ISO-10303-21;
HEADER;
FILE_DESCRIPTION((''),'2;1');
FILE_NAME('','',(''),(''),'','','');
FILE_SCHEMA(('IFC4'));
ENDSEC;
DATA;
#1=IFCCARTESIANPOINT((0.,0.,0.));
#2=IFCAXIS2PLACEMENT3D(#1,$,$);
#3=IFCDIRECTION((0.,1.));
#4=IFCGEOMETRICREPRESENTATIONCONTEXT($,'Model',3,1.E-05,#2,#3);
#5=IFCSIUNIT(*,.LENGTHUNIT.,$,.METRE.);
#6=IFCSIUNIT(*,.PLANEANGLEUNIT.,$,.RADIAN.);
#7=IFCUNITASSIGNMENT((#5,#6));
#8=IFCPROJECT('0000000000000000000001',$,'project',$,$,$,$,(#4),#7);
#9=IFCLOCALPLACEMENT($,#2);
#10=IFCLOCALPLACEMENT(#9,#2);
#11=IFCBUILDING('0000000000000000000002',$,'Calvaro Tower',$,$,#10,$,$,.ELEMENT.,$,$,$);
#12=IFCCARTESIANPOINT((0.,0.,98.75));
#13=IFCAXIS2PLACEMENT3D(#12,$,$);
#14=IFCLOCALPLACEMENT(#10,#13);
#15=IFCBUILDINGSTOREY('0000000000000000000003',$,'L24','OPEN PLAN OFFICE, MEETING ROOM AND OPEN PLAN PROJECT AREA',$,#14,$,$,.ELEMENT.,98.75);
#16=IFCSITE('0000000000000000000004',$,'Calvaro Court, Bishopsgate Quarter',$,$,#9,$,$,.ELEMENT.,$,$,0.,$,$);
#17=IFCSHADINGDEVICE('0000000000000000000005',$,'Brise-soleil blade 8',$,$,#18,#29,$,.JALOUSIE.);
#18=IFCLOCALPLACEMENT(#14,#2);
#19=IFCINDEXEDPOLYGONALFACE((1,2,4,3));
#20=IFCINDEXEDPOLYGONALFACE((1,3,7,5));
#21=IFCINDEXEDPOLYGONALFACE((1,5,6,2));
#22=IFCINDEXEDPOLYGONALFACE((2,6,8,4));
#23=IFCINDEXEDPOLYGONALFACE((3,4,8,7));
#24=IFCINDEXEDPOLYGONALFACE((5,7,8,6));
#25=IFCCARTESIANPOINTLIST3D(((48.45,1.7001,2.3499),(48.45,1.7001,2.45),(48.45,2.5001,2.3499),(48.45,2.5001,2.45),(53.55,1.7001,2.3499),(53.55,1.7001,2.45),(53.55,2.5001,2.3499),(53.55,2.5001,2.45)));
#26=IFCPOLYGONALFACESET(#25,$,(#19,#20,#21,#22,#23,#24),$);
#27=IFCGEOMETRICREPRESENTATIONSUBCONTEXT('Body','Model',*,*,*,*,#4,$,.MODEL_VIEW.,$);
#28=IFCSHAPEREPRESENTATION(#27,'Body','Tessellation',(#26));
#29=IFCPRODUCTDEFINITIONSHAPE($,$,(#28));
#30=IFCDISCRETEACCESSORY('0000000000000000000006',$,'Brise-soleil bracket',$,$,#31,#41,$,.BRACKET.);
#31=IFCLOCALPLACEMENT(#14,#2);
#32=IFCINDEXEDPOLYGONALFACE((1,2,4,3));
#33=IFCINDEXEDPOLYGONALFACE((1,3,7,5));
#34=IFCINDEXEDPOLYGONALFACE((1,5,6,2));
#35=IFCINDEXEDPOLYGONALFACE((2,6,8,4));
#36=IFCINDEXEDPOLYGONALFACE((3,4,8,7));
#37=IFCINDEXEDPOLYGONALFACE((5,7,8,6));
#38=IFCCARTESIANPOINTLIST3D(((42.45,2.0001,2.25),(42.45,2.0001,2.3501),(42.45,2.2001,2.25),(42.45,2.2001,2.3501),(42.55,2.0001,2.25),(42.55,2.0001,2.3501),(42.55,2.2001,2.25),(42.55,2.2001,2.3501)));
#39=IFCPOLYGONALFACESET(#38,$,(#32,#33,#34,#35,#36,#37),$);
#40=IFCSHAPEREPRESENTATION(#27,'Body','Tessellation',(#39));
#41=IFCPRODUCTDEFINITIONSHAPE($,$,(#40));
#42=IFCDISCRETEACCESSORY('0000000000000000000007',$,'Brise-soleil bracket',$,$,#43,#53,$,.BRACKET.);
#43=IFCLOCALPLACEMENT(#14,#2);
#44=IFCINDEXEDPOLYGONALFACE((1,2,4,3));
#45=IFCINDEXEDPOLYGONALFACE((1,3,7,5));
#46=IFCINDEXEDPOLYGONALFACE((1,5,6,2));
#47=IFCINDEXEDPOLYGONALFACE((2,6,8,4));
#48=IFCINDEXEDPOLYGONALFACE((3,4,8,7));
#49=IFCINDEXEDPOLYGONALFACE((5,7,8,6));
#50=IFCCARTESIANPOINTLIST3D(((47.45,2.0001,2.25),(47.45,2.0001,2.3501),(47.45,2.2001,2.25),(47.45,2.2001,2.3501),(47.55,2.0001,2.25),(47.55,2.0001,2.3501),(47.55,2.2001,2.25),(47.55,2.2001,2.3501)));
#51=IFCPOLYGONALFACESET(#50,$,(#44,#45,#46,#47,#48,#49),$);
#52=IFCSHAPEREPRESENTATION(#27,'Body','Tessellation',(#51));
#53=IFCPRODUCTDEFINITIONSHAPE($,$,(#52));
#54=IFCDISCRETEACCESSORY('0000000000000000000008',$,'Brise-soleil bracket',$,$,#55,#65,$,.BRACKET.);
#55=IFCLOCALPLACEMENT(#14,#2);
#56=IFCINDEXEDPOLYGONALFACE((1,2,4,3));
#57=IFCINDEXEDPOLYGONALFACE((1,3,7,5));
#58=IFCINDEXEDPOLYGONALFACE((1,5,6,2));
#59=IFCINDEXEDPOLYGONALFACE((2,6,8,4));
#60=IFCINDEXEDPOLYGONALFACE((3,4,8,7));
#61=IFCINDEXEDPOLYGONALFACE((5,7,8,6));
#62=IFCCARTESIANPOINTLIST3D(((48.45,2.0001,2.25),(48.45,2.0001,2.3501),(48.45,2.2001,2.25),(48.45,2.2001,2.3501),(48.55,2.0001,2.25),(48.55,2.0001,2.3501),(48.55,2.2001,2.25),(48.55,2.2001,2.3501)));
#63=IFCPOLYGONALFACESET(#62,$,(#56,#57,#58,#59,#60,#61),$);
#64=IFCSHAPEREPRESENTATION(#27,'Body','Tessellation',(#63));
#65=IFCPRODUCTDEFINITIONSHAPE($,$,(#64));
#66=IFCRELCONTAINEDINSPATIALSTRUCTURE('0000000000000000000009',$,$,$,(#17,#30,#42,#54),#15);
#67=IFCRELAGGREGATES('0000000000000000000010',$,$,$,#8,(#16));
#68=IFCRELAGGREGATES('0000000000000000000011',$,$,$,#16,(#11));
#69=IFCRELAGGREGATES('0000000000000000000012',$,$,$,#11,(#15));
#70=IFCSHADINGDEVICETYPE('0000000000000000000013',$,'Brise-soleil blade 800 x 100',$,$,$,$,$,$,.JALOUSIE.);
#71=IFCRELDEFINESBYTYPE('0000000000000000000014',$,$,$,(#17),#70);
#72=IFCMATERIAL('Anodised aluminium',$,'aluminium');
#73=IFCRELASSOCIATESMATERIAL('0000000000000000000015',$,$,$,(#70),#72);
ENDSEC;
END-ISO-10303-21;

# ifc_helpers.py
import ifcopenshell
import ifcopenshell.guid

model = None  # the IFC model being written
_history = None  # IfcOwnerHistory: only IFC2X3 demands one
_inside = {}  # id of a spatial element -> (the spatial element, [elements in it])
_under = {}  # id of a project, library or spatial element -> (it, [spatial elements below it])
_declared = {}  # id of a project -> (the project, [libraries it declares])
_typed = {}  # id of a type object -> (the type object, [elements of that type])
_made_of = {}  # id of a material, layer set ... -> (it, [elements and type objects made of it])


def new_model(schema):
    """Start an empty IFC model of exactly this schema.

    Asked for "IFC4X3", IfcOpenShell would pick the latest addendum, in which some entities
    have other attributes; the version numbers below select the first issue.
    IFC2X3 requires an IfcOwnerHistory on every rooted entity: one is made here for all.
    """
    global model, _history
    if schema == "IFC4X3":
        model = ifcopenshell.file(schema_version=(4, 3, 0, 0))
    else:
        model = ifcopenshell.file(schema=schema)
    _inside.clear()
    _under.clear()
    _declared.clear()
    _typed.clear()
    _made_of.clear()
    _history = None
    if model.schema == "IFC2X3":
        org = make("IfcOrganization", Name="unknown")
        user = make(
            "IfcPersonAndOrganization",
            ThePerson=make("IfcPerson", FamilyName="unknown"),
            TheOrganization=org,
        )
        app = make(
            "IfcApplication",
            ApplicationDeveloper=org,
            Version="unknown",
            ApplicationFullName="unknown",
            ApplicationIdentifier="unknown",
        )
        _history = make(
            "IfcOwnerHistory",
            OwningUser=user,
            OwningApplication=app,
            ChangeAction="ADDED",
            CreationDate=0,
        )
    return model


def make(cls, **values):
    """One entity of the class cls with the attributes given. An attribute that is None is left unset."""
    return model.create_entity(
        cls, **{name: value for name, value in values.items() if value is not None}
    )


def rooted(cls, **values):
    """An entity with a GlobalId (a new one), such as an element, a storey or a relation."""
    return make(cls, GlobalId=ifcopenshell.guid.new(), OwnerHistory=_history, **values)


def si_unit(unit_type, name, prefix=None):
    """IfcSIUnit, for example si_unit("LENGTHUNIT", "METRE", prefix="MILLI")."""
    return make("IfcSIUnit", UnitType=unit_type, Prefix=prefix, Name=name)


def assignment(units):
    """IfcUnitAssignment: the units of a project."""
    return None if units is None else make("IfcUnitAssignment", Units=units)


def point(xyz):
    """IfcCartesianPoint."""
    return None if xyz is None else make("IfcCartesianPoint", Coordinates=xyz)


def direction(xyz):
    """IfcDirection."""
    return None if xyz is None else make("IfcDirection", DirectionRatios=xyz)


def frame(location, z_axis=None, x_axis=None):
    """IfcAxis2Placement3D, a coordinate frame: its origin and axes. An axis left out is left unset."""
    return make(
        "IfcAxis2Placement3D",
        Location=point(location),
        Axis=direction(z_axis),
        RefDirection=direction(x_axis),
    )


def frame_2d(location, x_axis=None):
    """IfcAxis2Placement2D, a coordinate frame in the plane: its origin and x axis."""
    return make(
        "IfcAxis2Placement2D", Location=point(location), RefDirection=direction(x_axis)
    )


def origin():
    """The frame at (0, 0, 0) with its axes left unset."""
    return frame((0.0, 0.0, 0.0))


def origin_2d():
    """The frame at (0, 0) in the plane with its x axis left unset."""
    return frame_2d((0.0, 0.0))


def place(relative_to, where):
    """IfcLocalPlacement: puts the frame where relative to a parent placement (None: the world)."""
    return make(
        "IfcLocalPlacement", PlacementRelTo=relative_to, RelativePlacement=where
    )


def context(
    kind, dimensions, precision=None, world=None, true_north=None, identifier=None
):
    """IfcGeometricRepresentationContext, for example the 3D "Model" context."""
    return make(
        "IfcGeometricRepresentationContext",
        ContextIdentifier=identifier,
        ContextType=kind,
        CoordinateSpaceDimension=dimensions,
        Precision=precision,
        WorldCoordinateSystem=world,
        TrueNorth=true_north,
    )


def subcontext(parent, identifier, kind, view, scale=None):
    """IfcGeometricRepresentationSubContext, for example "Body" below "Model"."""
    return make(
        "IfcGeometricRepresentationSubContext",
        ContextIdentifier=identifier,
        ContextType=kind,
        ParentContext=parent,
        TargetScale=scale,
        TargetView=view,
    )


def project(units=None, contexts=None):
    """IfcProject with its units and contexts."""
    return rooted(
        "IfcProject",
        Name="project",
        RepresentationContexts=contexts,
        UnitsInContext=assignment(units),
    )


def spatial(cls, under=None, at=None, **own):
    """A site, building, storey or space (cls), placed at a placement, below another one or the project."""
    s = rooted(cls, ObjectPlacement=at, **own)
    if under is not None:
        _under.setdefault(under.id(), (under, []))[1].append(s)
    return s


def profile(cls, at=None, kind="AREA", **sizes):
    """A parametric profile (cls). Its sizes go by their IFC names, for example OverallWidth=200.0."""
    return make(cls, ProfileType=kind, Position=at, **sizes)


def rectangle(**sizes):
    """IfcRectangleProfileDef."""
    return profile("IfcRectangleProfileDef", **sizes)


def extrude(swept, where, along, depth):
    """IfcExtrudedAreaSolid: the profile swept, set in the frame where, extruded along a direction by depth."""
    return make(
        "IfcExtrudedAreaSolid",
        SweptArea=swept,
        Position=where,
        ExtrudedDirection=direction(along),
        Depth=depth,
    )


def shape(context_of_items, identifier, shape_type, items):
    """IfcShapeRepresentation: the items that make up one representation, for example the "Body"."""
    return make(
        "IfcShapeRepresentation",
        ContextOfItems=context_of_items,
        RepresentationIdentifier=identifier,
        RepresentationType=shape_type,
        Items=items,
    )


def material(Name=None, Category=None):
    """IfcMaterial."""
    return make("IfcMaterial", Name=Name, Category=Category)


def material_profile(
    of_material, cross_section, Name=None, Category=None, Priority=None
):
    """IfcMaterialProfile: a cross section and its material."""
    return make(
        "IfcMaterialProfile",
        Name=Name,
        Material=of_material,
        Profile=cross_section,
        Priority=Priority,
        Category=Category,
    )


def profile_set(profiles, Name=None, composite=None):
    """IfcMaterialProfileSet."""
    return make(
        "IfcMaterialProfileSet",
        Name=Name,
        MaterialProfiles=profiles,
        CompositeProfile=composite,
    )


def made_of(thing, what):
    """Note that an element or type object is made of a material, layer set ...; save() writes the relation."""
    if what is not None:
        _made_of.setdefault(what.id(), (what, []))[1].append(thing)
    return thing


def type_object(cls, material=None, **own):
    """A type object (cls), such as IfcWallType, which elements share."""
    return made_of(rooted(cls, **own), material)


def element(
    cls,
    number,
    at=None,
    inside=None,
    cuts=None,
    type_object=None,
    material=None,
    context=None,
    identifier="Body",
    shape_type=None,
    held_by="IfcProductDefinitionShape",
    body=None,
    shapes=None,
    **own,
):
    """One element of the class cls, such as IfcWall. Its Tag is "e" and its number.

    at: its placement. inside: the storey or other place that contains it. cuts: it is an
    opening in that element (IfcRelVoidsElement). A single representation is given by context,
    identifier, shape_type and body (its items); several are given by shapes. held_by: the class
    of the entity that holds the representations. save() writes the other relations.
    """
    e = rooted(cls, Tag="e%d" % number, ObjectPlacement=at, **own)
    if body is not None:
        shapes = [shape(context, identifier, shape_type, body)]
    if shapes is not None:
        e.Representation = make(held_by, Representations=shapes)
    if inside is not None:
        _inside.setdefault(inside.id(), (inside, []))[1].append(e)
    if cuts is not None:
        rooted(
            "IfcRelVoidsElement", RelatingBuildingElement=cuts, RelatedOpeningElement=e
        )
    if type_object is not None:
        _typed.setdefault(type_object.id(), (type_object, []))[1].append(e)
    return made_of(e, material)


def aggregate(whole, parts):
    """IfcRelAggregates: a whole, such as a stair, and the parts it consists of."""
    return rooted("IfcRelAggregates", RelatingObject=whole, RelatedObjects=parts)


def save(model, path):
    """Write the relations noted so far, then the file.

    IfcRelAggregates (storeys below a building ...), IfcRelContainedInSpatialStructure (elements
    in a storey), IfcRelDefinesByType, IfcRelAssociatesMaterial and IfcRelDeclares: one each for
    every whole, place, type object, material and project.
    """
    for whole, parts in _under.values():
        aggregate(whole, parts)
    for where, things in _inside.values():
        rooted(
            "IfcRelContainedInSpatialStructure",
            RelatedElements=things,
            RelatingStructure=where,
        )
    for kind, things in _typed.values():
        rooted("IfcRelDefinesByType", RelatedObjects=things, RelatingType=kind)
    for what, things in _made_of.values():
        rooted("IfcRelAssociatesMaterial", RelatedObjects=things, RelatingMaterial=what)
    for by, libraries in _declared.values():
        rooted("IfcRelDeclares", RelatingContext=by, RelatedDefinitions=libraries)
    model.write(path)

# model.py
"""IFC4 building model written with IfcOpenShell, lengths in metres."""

from ifc_helpers import new_model, si_unit, direction, frame, origin, origin_2d, place, context, subcontext, project, spatial, rectangle, extrude, material, material_profile, profile_set, type_object, element, save


model = new_model("IFC4")

# Units and contexts
model_context = context("Model", 3, precision=1e-05, world=origin(), true_north=direction((0.0, 1.0)))
body_context = subcontext(model_context, "Body", "Model", "MODEL_VIEW")
ifc_project = project(units=[si_unit("LENGTHUNIT", "METRE"), si_unit("PLANEANGLEUNIT", "RADIAN")], contexts=[model_context])

# Site, building, storey
site_placement = place(None, origin())
site = spatial("IfcSite", under=ifc_project, at=site_placement, Name="Calvaro Court, Bishopsgate Quarter", CompositionType="ELEMENT", RefElevation=0.0)
building_placement = place(site_placement, origin())
building = spatial("IfcBuilding", under=site, at=building_placement, Name="Calvaro Tower", CompositionType="ELEMENT")
storey_placement = place(building_placement, frame((0.0, 0.0, 98.75)))
storey = spatial("IfcBuildingStorey", under=building, at=storey_placement, Name="L24", Description="OPEN PLAN OFFICE, MEETING ROOM AND OPEN PLAN PROJECT AREA", CompositionType="ELEMENT", Elevation=98.75)

# Shading device
ifc_material_1 = material(Name="Anodised aluminium", Category="aluminium")
ifc_material_profile_1 = material_profile(ifc_material_1, rectangle(XDim=0.8, YDim=0.1001, at=origin_2d()), Name="Brise-soleil blade 800 x 100")
ifc_profile_set_1 = profile_set([ifc_material_profile_1], Name="Anodised aluminium")
shading_device_type = type_object("IfcShadingDeviceType", Name="Brise-soleil blade 800 x 100", PredefinedType="JALOUSIE", material=ifc_profile_set_1)
shading_device_placement = place(storey_placement, frame((48.45, 2.1001, 2.3999), z_axis=(1.0, 0.0, 0.0), x_axis=(0.0, 1.0, 0.0)))
element("IfcShadingDevice", 1, at=shading_device_placement, inside=storey, type_object=shading_device_type, Name="Brise-soleil blade 8", PredefinedType="JALOUSIE", context=body_context, shape_type="SweptSolid", body=[
    extrude(rectangle(XDim=0.8, YDim=0.1001, at=origin_2d()), origin(), (0.0, 0.0, 1.0), 5.1001),
])

# Discrete accessories
for number, where, z_axis, x_axis, name in (
    (2, (42.5, 2.1001, 2.25), (0.0, 0.0, 1.0), (1.0, 0.0, 0.0), "Brise-soleil bracket"),
    (3, (47.5, 2.1001, 2.25), (0.0, 0.0, 1.0), (1.0, 0.0, 0.0), "Brise-soleil bracket"),
    (4, (48.5, 2.1001, 2.25), (0.0, 0.0, 1.0), (1.0, 0.0, 0.0), "Brise-soleil bracket"),
):
    element("IfcDiscreteAccessory", number, at=place(storey_placement, frame(where, z_axis=z_axis, x_axis=x_axis)), inside=storey, Name=name, PredefinedType="BRACKET", context=body_context, shape_type="SweptSolid", body=[
        extrude(rectangle(XDim=0.1001, YDim=0.2, at=origin_2d()), origin(), (0.0, 0.0, 1.0), 0.1001),
    ])

save(model, "model.ifc")
